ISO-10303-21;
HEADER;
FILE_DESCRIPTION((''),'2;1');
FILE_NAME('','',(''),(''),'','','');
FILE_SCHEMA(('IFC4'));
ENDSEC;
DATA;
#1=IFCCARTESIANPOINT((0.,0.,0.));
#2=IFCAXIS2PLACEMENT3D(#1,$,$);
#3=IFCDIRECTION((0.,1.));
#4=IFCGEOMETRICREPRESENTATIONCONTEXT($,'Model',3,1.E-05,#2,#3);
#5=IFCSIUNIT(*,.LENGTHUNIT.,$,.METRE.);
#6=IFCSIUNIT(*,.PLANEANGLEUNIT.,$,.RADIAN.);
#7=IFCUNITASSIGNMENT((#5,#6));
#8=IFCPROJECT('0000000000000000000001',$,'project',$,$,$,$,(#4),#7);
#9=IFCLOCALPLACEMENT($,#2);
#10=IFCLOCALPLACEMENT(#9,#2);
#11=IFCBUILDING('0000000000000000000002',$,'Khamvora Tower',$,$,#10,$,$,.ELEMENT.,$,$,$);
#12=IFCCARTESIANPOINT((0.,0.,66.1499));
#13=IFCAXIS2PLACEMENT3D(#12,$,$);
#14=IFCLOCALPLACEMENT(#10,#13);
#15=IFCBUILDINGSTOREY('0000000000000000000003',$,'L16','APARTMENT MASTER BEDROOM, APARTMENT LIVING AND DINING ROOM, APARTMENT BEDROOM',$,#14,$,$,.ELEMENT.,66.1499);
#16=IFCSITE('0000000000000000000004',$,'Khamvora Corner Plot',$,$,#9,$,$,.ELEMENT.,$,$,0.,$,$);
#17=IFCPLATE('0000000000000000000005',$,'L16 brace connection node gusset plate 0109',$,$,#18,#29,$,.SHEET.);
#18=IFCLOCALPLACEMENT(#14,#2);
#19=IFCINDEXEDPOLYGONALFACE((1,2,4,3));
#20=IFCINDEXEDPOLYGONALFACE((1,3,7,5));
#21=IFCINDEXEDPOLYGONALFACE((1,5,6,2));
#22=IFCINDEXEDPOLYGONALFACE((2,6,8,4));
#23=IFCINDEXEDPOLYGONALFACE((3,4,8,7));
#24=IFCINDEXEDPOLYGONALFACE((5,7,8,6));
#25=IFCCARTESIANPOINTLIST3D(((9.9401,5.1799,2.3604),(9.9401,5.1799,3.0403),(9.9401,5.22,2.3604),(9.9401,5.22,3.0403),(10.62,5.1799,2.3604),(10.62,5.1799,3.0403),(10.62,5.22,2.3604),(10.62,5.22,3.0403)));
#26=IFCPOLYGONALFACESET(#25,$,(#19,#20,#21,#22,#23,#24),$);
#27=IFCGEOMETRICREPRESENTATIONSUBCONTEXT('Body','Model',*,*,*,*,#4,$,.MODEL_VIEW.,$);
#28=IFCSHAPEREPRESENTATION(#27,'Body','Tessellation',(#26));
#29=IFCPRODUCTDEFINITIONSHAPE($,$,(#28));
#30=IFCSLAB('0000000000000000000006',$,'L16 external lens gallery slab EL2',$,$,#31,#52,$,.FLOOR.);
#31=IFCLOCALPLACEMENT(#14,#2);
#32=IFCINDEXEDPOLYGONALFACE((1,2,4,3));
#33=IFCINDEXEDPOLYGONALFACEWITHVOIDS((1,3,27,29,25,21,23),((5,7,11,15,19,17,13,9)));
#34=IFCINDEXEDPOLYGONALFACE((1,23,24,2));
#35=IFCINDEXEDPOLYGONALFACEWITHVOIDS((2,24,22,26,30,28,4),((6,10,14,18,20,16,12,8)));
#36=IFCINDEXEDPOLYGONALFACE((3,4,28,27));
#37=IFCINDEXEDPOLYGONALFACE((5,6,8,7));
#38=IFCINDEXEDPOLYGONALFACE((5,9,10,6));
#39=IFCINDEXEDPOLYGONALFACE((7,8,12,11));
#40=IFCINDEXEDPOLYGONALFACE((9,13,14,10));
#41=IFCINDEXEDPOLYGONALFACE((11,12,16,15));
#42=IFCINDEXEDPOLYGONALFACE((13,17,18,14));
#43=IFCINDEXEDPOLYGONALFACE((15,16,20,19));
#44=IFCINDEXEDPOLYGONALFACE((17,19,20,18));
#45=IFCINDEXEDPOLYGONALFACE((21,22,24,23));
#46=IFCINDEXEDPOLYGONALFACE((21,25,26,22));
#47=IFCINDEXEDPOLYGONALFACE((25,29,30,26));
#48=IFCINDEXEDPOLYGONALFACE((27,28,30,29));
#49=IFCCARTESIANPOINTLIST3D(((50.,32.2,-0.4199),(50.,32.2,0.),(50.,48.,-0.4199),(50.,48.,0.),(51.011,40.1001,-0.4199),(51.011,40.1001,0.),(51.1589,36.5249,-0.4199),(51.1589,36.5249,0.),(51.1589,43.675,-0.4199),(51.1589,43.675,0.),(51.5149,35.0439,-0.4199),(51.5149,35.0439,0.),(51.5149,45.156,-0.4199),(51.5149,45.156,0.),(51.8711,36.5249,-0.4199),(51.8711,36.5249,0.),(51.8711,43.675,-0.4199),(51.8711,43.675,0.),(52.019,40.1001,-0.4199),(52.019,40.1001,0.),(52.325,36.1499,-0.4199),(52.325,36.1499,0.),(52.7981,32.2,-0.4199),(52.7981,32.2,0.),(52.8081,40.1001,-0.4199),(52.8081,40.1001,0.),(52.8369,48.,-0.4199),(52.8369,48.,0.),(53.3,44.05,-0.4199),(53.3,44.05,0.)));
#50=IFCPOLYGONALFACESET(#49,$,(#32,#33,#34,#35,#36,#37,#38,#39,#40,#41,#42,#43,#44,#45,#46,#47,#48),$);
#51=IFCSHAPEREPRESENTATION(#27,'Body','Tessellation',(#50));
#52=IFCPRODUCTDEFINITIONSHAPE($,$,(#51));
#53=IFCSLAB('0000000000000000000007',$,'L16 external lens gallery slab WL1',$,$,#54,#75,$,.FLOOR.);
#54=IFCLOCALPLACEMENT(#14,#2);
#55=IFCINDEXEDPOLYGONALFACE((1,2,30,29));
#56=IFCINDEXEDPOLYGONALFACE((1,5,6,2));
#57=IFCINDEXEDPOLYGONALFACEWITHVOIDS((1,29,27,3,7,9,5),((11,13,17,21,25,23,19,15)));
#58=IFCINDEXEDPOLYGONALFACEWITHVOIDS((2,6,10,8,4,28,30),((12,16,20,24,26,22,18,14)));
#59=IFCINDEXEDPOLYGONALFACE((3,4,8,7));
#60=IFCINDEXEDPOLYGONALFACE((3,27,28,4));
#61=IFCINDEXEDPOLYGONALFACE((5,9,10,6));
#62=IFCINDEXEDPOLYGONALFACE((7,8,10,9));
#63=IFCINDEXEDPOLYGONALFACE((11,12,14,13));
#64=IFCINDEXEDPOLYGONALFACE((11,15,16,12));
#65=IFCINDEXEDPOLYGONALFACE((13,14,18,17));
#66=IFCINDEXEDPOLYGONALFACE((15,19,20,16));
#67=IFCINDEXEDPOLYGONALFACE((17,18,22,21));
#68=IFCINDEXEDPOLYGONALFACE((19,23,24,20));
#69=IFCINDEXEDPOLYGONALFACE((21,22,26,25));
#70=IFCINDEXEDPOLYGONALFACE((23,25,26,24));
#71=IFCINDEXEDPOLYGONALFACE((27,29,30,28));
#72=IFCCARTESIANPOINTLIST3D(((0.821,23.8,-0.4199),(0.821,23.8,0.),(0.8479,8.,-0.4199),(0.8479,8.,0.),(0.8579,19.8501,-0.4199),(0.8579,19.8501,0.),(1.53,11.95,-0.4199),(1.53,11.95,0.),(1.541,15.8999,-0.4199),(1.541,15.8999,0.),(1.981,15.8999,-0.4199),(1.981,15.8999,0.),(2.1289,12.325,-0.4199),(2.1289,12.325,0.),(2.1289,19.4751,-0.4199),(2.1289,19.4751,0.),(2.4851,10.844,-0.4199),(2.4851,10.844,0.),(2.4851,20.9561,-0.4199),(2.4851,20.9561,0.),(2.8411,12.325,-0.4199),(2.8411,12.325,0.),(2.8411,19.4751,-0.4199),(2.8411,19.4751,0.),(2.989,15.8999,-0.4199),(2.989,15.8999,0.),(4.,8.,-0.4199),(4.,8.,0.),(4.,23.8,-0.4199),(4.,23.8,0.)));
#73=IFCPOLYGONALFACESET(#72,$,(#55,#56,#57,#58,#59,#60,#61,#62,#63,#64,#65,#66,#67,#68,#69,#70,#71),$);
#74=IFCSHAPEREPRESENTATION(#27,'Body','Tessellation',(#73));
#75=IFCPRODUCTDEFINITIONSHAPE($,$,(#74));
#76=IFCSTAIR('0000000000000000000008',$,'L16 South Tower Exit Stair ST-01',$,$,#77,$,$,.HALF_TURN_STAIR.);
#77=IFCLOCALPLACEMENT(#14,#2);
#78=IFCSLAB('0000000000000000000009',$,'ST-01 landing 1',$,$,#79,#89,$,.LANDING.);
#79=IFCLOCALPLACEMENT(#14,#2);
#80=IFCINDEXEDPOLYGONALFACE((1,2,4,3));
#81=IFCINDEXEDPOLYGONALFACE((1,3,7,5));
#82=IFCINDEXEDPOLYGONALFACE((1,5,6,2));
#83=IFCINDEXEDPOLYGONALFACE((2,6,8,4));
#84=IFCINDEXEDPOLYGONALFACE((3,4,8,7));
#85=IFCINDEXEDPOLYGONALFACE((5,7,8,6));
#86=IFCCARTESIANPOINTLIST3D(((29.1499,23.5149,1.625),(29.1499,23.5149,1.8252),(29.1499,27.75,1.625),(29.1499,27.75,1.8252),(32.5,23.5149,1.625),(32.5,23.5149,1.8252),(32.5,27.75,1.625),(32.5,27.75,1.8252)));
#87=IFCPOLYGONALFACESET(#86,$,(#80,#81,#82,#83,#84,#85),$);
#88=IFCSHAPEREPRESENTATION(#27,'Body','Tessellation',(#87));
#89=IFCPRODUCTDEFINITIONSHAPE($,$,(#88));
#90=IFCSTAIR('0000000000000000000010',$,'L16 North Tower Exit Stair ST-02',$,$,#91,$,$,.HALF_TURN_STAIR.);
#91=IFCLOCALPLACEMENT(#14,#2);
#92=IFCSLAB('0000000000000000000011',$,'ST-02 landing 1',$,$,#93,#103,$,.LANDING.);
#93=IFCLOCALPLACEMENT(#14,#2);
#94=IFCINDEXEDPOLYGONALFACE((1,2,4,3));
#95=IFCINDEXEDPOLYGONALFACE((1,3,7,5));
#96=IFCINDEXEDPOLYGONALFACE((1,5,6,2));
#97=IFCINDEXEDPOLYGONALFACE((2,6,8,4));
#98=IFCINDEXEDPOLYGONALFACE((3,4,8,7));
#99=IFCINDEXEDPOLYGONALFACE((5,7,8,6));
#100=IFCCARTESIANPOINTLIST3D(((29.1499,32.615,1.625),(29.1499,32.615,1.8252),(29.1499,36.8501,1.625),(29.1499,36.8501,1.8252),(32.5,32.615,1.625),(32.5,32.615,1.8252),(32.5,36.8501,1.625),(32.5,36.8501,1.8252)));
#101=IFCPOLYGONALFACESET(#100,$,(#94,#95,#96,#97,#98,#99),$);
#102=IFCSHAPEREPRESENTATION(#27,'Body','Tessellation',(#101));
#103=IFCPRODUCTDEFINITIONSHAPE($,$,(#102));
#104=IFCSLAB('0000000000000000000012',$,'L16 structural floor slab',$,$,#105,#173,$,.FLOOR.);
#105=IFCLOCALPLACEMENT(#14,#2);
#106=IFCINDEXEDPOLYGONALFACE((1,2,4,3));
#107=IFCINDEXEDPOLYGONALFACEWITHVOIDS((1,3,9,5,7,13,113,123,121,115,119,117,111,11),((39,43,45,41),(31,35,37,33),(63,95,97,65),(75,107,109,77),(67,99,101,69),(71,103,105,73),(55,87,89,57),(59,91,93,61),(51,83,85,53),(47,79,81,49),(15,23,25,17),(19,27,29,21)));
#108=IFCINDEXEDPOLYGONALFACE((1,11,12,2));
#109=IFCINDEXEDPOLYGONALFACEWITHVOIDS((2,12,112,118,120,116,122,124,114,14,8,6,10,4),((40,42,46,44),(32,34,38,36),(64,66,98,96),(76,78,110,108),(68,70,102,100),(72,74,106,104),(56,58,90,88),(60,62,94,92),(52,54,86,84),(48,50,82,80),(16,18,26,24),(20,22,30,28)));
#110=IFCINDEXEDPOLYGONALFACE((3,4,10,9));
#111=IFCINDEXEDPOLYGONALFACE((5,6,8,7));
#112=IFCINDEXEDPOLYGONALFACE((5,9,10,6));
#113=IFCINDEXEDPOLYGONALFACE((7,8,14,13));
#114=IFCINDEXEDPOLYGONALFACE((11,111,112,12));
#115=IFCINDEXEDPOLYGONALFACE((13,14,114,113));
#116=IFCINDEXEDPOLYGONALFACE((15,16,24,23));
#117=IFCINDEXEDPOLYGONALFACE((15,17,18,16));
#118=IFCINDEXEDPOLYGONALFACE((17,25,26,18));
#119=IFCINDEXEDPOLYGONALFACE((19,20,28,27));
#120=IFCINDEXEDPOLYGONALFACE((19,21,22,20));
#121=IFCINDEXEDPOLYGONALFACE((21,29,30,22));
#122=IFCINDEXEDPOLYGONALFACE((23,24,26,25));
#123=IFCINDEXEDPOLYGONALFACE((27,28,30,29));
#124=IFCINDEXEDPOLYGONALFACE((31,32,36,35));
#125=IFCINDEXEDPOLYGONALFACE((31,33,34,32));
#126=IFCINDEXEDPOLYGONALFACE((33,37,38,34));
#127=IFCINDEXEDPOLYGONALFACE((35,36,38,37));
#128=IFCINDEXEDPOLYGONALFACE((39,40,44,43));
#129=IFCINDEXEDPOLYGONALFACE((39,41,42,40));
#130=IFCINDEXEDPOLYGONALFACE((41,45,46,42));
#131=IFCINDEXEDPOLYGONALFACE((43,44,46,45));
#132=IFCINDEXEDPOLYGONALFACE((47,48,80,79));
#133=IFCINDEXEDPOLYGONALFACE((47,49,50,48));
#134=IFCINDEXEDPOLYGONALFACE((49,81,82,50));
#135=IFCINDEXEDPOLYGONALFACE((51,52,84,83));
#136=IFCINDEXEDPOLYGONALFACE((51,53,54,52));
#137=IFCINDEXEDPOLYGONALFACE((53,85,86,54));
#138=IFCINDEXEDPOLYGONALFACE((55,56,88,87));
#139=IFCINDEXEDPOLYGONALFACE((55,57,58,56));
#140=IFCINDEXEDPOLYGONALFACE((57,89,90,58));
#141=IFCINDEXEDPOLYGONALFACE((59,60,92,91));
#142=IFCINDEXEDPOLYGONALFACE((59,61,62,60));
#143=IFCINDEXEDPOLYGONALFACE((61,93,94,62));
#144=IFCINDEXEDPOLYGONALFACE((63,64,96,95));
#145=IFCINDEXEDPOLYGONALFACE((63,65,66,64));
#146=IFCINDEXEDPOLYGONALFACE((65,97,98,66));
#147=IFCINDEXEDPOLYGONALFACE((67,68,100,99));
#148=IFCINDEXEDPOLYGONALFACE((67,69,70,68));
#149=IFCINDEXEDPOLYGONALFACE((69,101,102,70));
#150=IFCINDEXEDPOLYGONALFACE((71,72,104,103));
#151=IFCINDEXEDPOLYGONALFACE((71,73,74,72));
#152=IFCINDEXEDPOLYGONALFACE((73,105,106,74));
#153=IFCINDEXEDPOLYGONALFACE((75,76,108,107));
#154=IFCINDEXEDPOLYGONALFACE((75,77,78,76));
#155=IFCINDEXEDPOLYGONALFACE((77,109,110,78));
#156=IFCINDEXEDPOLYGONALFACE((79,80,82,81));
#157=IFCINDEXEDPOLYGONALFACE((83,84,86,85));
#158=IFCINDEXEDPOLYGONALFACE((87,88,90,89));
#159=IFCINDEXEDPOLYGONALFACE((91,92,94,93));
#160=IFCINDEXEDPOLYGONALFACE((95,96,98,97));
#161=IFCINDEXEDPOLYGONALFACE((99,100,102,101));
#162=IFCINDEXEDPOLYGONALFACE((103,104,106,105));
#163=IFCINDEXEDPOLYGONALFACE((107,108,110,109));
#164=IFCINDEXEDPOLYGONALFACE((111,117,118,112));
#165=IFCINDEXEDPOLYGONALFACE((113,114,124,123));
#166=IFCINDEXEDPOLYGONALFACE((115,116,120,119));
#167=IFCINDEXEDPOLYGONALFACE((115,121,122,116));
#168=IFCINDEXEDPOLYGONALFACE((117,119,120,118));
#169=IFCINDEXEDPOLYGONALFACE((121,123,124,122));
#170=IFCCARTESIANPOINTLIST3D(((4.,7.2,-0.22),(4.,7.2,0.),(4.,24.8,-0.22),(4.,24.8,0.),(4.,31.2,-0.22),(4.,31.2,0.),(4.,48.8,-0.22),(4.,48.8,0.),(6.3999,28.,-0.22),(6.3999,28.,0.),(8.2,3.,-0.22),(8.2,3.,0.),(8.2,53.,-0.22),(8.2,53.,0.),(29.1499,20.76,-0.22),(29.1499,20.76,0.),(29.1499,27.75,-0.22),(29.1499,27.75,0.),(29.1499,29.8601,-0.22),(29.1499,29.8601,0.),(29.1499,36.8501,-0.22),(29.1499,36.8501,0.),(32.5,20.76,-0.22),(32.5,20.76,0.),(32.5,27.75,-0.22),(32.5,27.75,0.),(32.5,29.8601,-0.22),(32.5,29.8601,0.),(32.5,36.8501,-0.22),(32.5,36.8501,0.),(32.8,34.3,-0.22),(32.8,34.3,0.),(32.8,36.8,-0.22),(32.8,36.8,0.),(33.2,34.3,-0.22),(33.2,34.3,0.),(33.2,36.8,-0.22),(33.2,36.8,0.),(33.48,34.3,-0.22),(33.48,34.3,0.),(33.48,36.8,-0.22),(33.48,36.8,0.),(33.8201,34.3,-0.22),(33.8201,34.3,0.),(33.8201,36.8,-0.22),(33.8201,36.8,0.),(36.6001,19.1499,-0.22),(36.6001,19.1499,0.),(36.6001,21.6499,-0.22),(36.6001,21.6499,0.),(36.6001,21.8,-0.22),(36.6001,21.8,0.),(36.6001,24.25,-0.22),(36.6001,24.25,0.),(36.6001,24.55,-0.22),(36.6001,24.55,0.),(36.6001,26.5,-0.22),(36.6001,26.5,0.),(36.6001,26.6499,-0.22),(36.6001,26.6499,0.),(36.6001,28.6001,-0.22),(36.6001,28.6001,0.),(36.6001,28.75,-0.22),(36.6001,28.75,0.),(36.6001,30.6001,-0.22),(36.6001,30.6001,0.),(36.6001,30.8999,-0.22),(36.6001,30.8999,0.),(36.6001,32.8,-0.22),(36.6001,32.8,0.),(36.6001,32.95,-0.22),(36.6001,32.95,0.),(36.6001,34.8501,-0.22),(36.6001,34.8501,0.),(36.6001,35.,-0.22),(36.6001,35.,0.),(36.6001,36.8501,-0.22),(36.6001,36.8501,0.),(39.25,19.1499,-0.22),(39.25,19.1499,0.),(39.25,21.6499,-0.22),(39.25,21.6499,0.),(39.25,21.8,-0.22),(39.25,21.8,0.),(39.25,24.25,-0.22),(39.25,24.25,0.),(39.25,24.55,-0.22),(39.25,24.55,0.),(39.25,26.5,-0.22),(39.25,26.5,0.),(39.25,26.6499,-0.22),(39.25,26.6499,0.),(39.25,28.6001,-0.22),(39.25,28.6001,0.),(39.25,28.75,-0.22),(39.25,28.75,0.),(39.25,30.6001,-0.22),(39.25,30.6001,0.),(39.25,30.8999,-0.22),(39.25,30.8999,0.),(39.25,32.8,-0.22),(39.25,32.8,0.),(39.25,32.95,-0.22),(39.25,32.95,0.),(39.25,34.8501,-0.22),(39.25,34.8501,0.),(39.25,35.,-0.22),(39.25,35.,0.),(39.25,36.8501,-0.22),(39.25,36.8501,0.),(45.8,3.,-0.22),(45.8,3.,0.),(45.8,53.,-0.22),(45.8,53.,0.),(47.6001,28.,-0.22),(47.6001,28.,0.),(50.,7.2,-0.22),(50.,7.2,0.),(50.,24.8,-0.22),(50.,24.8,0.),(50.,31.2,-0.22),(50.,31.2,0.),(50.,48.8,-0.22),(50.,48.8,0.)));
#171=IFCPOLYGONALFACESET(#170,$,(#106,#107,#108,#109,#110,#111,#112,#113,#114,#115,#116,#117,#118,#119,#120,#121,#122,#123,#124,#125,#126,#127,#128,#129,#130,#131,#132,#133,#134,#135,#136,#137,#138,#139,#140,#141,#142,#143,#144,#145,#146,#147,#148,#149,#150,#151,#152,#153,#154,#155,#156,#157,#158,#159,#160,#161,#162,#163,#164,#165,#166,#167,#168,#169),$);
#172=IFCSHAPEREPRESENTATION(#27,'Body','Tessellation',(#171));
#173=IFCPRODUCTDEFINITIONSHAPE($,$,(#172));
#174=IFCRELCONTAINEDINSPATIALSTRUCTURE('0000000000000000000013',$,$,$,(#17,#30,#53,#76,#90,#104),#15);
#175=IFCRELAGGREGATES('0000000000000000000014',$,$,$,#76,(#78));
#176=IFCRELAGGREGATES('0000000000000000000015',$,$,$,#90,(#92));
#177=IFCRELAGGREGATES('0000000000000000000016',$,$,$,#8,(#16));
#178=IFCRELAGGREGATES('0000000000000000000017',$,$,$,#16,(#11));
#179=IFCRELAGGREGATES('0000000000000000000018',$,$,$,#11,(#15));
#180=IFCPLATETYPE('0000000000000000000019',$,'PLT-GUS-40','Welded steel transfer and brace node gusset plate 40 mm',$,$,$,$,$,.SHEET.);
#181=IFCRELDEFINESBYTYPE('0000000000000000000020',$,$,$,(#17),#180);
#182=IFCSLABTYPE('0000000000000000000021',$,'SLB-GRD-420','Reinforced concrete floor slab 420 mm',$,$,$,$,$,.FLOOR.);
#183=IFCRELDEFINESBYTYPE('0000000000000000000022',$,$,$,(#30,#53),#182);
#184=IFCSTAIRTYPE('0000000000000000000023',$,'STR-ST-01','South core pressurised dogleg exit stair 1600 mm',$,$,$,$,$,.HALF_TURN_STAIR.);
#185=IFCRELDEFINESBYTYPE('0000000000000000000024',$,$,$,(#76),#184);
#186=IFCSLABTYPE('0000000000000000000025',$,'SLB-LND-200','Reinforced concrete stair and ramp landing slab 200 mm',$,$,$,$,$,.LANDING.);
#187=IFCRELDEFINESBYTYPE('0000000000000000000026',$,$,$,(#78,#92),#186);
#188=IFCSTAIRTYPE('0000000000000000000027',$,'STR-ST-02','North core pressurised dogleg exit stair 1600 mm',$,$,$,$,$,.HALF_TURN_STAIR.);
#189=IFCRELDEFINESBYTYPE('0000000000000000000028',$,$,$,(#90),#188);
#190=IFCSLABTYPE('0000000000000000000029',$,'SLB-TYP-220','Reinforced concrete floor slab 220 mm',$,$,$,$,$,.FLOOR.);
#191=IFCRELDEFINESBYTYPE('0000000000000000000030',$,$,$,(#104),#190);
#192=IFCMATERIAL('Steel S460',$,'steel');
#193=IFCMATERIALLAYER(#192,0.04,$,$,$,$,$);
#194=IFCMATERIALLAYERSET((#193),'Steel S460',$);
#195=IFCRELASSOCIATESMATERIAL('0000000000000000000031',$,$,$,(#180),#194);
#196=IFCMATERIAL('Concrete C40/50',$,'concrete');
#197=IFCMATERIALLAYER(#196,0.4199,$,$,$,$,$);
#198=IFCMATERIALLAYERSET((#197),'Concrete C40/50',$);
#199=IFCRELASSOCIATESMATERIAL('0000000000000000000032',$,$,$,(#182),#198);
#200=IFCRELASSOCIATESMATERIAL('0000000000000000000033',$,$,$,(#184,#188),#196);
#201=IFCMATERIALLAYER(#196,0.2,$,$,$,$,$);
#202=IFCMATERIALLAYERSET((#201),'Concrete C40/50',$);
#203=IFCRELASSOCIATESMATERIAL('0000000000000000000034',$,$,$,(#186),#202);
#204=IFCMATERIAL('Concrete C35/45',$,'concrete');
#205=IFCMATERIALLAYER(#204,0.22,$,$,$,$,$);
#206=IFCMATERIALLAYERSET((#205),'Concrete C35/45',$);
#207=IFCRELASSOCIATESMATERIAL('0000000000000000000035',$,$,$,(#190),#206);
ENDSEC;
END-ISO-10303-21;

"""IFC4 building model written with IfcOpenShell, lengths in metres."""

from ifc_helpers import new_model, si_unit, direction, frame, origin, origin_2d, place, context, subcontext, project, spatial, polyline, rectangle, outline, extrude, material, layer, layer_set, type_object, element, aggregate, save


model = new_model("IFC4")

# Units and contexts
model_context = context("Model", 3, precision=1e-05, world=origin(), true_north=direction((0.0, 1.0)))
body_context = subcontext(model_context, "Body", "Model", "MODEL_VIEW")
ifc_project = project(units=[si_unit("LENGTHUNIT", "METRE"), si_unit("PLANEANGLEUNIT", "RADIAN")], contexts=[model_context])

# Site, building, storey
site_placement = place(None, origin())
site = spatial("IfcSite", under=ifc_project, at=site_placement, Name="Khamvora Corner Plot", CompositionType="ELEMENT", RefElevation=0.0)
building_placement = place(site_placement, origin())
building = spatial("IfcBuilding", under=site, at=building_placement, Name="Khamvora Tower", CompositionType="ELEMENT")
storey_placement = place(building_placement, frame((0.0, 0.0, 66.1499)))
storey = spatial("IfcBuildingStorey", under=building, at=storey_placement, Name="L16", Description="APARTMENT MASTER BEDROOM, APARTMENT LIVING AND DINING ROOM, APARTMENT BEDROOM", CompositionType="ELEMENT", Elevation=66.1499)

# Shared definitions
ifc_material_1 = material(Name="Steel S460", Category="steel")

# Plate
ifc_layer_1 = layer(ifc_material_1, 0.04)
ifc_layer_set_1 = layer_set([ifc_layer_1], Name="Steel S460")
plate_type_1 = type_object("IfcPlateType", Name="PLT-GUS-40", Description="Welded steel transfer and brace node gusset plate 40 mm", PredefinedType="SHEET", material=ifc_layer_set_1)
plate_1_placement = place(storey_placement, frame((10.28, 5.2, 2.3604), z_axis=(0.0, 0.0, 1.0), x_axis=(1.0, 0.0, 0.0)))
element("IfcPlate", 1, at=plate_1_placement, inside=storey, type_object=plate_type_1, Name="L16 brace connection node gusset plate 0109", PredefinedType="SHEET", context=body_context, shape_type="SweptSolid", body=[
    extrude(rectangle(XDim=0.6799, YDim=0.04, at=origin_2d()), origin(), (0.0, 0.0, 1.0), 0.6799),
])

# Slabs
ifc_material_2 = material(Name="Concrete C40/50", Category="concrete")
ifc_layer_2 = layer(ifc_material_2, 0.4199)
ifc_layer_set_2 = layer_set([ifc_layer_2], Name="Concrete C40/50")
slab_type_1 = type_object("IfcSlabType", Name="SLB-GRD-420", Description="Reinforced concrete floor slab 420 mm", PredefinedType="FLOOR", material=ifc_layer_set_2)
slab_1_placement = place(storey_placement, frame((0.0, 0.0, -0.4199)))
element("IfcSlab", 2, at=slab_1_placement, inside=storey, type_object=slab_type_1, Name="L16 external lens gallery slab EL2", PredefinedType="FLOOR", context=body_context, shape_type="SweptSolid", body=[
    extrude(outline(polyline([(52.7981, 32.2), (52.325, 36.1499), (52.8081, 40.1001), (53.3, 44.05), (52.8369, 48.0), (50.0, 48.0), (50.0, 32.2), (52.7981, 32.2)]), holes=[polyline([(52.019, 40.1001), (51.8711, 43.675), (51.5149, 45.156), (51.1589, 43.675), (51.011, 40.1001), (51.1589, 36.5249), (51.5149, 35.0439), (51.8711, 36.5249), (52.019, 40.1001)])]), origin(), (0.0, 0.0, 1.0), 0.4199),
])
slab_2_placement = place(storey_placement, frame((0.0, 0.0, -0.4199)))
element("IfcSlab", 3, at=slab_2_placement, inside=storey, type_object=slab_type_1, Name="L16 external lens gallery slab WL1", PredefinedType="FLOOR", context=body_context, shape_type="SweptSolid", body=[
    extrude(outline(polyline([(4.0, 8.0), (4.0, 23.8), (0.821, 23.8), (0.8579, 19.8501), (1.541, 15.8999), (1.53, 11.95), (0.8479, 8.0), (4.0, 8.0)]), holes=[polyline([(2.989, 15.8999), (2.8411, 19.4751), (2.4851, 20.9561), (2.1289, 19.4751), (1.981, 15.8999), (2.1289, 12.325), (2.4851, 10.844), (2.8411, 12.325), (2.989, 15.8999)])]), origin(), (0.0, 0.0, 1.0), 0.4199),
])

# Stairs, slabs
stair_type_1 = type_object("IfcStairType", Name="STR-ST-01", Description="South core pressurised dogleg exit stair 1600 mm", PredefinedType="HALF_TURN_STAIR", material=ifc_material_2)
stair_1_placement = place(storey_placement, origin())
stair_1 = element("IfcStair", 4, at=stair_1_placement, inside=storey, type_object=stair_type_1, Name="L16 South Tower Exit Stair ST-01", PredefinedType="HALF_TURN_STAIR")
ifc_layer_3 = layer(ifc_material_2, 0.2)
ifc_layer_set_3 = layer_set([ifc_layer_3], Name="Concrete C40/50")
slab_type_2 = type_object("IfcSlabType", Name="SLB-LND-200", Description="Reinforced concrete stair and ramp landing slab 200 mm", PredefinedType="LANDING", material=ifc_layer_set_3)
slab_3_placement = place(storey_placement, frame((0.0, 0.0, 1.625)))
slab_3 = element("IfcSlab", 5, at=slab_3_placement, type_object=slab_type_2, Name="ST-01 landing 1", PredefinedType="LANDING", context=body_context, shape_type="SweptSolid", body=[
    extrude(outline(polyline([(32.5, 23.5149), (32.5, 27.75), (29.1499, 27.75), (29.1499, 23.5149), (32.5, 23.5149)])), origin(), (0.0, 0.0, 1.0), 0.2002),
])
aggregate(stair_1, [slab_3])
stair_type_2 = type_object("IfcStairType", Name="STR-ST-02", Description="North core pressurised dogleg exit stair 1600 mm", PredefinedType="HALF_TURN_STAIR", material=ifc_material_2)
stair_2_placement = place(storey_placement, origin())
stair_2 = element("IfcStair", 6, at=stair_2_placement, inside=storey, type_object=stair_type_2, Name="L16 North Tower Exit Stair ST-02", PredefinedType="HALF_TURN_STAIR")
slab_4_placement = place(storey_placement, frame((0.0, 0.0, 1.625)))
slab_4 = element("IfcSlab", 7, at=slab_4_placement, type_object=slab_type_2, Name="ST-02 landing 1", PredefinedType="LANDING", context=body_context, shape_type="SweptSolid", body=[
    extrude(outline(polyline([(32.5, 32.615), (32.5, 36.8501), (29.1499, 36.8501), (29.1499, 32.615), (32.5, 32.615)])), origin(), (0.0, 0.0, 1.0), 0.2002),
])
aggregate(stair_2, [slab_4])

# Slab
ifc_material_3 = material(Name="Concrete C35/45", Category="concrete")
ifc_layer_4 = layer(ifc_material_3, 0.22)
ifc_layer_set_4 = layer_set([ifc_layer_4], Name="Concrete C35/45")
slab_type_3 = type_object("IfcSlabType", Name="SLB-TYP-220", Description="Reinforced concrete floor slab 220 mm", PredefinedType="FLOOR", material=ifc_layer_set_4)
slab_5_placement = place(storey_placement, frame((0.0, 0.0, -0.22)))
element("IfcSlab", 8, at=slab_5_placement, inside=storey, type_object=slab_type_3, Name="L16 structural floor slab", PredefinedType="FLOOR", context=body_context, shape_type="SweptSolid", body=[
    extrude(outline(polyline([(8.2, 3.0), (45.8, 3.0), (50.0, 7.2), (50.0, 24.8), (47.6001, 28.0), (50.0, 31.2), (50.0, 48.8), (45.8, 53.0), (8.2, 53.0), (4.0, 48.8), (4.0, 31.2), (6.3999, 28.0), (4.0, 24.8), (4.0, 7.2), (8.2, 3.0)]), holes=[polyline([(32.5, 20.76), (32.5, 27.75), (29.1499, 27.75), (29.1499, 20.76), (32.5, 20.76)]), polyline([(32.5, 29.8601), (32.5, 36.8501), (29.1499, 36.8501), (29.1499, 29.8601), (32.5, 29.8601)]), polyline([(36.6001, 19.1499), (39.25, 19.1499), (39.25, 21.6499), (36.6001, 21.6499), (36.6001, 19.1499)]), polyline([(36.6001, 21.8), (39.25, 21.8), (39.25, 24.25), (36.6001, 24.25), (36.6001, 21.8)]), polyline([(36.6001, 24.55), (39.25, 24.55), (39.25, 26.5), (36.6001, 26.5), (36.6001, 24.55)]), polyline([(36.6001, 26.6499), (39.25, 26.6499), (39.25, 28.6001), (36.6001, 28.6001), (36.6001, 26.6499)]), polyline([(36.6001, 28.75), (39.25, 28.75), (39.25, 30.6001), (36.6001, 30.6001), (36.6001, 28.75)]), polyline([(36.6001, 30.8999), (39.25, 30.8999), (39.25, 32.8), (36.6001, 32.8), (36.6001, 30.8999)]), polyline([(36.6001, 32.95), (39.25, 32.95), (39.25, 34.8501), (36.6001, 34.8501), (36.6001, 32.95)]), polyline([(36.6001, 35.0), (39.25, 35.0), (39.25, 36.8501), (36.6001, 36.8501), (36.6001, 35.0)]), polyline([(32.8, 34.3), (33.2, 34.3), (33.2, 36.8), (32.8, 36.8), (32.8, 34.3)]), polyline([(33.48, 34.3), (33.8201, 34.3), (33.8201, 36.8), (33.48, 36.8), (33.48, 34.3)])]), origin(), (0.0, 0.0, 1.0), 0.22),
])

save(model, "model.ifc")
